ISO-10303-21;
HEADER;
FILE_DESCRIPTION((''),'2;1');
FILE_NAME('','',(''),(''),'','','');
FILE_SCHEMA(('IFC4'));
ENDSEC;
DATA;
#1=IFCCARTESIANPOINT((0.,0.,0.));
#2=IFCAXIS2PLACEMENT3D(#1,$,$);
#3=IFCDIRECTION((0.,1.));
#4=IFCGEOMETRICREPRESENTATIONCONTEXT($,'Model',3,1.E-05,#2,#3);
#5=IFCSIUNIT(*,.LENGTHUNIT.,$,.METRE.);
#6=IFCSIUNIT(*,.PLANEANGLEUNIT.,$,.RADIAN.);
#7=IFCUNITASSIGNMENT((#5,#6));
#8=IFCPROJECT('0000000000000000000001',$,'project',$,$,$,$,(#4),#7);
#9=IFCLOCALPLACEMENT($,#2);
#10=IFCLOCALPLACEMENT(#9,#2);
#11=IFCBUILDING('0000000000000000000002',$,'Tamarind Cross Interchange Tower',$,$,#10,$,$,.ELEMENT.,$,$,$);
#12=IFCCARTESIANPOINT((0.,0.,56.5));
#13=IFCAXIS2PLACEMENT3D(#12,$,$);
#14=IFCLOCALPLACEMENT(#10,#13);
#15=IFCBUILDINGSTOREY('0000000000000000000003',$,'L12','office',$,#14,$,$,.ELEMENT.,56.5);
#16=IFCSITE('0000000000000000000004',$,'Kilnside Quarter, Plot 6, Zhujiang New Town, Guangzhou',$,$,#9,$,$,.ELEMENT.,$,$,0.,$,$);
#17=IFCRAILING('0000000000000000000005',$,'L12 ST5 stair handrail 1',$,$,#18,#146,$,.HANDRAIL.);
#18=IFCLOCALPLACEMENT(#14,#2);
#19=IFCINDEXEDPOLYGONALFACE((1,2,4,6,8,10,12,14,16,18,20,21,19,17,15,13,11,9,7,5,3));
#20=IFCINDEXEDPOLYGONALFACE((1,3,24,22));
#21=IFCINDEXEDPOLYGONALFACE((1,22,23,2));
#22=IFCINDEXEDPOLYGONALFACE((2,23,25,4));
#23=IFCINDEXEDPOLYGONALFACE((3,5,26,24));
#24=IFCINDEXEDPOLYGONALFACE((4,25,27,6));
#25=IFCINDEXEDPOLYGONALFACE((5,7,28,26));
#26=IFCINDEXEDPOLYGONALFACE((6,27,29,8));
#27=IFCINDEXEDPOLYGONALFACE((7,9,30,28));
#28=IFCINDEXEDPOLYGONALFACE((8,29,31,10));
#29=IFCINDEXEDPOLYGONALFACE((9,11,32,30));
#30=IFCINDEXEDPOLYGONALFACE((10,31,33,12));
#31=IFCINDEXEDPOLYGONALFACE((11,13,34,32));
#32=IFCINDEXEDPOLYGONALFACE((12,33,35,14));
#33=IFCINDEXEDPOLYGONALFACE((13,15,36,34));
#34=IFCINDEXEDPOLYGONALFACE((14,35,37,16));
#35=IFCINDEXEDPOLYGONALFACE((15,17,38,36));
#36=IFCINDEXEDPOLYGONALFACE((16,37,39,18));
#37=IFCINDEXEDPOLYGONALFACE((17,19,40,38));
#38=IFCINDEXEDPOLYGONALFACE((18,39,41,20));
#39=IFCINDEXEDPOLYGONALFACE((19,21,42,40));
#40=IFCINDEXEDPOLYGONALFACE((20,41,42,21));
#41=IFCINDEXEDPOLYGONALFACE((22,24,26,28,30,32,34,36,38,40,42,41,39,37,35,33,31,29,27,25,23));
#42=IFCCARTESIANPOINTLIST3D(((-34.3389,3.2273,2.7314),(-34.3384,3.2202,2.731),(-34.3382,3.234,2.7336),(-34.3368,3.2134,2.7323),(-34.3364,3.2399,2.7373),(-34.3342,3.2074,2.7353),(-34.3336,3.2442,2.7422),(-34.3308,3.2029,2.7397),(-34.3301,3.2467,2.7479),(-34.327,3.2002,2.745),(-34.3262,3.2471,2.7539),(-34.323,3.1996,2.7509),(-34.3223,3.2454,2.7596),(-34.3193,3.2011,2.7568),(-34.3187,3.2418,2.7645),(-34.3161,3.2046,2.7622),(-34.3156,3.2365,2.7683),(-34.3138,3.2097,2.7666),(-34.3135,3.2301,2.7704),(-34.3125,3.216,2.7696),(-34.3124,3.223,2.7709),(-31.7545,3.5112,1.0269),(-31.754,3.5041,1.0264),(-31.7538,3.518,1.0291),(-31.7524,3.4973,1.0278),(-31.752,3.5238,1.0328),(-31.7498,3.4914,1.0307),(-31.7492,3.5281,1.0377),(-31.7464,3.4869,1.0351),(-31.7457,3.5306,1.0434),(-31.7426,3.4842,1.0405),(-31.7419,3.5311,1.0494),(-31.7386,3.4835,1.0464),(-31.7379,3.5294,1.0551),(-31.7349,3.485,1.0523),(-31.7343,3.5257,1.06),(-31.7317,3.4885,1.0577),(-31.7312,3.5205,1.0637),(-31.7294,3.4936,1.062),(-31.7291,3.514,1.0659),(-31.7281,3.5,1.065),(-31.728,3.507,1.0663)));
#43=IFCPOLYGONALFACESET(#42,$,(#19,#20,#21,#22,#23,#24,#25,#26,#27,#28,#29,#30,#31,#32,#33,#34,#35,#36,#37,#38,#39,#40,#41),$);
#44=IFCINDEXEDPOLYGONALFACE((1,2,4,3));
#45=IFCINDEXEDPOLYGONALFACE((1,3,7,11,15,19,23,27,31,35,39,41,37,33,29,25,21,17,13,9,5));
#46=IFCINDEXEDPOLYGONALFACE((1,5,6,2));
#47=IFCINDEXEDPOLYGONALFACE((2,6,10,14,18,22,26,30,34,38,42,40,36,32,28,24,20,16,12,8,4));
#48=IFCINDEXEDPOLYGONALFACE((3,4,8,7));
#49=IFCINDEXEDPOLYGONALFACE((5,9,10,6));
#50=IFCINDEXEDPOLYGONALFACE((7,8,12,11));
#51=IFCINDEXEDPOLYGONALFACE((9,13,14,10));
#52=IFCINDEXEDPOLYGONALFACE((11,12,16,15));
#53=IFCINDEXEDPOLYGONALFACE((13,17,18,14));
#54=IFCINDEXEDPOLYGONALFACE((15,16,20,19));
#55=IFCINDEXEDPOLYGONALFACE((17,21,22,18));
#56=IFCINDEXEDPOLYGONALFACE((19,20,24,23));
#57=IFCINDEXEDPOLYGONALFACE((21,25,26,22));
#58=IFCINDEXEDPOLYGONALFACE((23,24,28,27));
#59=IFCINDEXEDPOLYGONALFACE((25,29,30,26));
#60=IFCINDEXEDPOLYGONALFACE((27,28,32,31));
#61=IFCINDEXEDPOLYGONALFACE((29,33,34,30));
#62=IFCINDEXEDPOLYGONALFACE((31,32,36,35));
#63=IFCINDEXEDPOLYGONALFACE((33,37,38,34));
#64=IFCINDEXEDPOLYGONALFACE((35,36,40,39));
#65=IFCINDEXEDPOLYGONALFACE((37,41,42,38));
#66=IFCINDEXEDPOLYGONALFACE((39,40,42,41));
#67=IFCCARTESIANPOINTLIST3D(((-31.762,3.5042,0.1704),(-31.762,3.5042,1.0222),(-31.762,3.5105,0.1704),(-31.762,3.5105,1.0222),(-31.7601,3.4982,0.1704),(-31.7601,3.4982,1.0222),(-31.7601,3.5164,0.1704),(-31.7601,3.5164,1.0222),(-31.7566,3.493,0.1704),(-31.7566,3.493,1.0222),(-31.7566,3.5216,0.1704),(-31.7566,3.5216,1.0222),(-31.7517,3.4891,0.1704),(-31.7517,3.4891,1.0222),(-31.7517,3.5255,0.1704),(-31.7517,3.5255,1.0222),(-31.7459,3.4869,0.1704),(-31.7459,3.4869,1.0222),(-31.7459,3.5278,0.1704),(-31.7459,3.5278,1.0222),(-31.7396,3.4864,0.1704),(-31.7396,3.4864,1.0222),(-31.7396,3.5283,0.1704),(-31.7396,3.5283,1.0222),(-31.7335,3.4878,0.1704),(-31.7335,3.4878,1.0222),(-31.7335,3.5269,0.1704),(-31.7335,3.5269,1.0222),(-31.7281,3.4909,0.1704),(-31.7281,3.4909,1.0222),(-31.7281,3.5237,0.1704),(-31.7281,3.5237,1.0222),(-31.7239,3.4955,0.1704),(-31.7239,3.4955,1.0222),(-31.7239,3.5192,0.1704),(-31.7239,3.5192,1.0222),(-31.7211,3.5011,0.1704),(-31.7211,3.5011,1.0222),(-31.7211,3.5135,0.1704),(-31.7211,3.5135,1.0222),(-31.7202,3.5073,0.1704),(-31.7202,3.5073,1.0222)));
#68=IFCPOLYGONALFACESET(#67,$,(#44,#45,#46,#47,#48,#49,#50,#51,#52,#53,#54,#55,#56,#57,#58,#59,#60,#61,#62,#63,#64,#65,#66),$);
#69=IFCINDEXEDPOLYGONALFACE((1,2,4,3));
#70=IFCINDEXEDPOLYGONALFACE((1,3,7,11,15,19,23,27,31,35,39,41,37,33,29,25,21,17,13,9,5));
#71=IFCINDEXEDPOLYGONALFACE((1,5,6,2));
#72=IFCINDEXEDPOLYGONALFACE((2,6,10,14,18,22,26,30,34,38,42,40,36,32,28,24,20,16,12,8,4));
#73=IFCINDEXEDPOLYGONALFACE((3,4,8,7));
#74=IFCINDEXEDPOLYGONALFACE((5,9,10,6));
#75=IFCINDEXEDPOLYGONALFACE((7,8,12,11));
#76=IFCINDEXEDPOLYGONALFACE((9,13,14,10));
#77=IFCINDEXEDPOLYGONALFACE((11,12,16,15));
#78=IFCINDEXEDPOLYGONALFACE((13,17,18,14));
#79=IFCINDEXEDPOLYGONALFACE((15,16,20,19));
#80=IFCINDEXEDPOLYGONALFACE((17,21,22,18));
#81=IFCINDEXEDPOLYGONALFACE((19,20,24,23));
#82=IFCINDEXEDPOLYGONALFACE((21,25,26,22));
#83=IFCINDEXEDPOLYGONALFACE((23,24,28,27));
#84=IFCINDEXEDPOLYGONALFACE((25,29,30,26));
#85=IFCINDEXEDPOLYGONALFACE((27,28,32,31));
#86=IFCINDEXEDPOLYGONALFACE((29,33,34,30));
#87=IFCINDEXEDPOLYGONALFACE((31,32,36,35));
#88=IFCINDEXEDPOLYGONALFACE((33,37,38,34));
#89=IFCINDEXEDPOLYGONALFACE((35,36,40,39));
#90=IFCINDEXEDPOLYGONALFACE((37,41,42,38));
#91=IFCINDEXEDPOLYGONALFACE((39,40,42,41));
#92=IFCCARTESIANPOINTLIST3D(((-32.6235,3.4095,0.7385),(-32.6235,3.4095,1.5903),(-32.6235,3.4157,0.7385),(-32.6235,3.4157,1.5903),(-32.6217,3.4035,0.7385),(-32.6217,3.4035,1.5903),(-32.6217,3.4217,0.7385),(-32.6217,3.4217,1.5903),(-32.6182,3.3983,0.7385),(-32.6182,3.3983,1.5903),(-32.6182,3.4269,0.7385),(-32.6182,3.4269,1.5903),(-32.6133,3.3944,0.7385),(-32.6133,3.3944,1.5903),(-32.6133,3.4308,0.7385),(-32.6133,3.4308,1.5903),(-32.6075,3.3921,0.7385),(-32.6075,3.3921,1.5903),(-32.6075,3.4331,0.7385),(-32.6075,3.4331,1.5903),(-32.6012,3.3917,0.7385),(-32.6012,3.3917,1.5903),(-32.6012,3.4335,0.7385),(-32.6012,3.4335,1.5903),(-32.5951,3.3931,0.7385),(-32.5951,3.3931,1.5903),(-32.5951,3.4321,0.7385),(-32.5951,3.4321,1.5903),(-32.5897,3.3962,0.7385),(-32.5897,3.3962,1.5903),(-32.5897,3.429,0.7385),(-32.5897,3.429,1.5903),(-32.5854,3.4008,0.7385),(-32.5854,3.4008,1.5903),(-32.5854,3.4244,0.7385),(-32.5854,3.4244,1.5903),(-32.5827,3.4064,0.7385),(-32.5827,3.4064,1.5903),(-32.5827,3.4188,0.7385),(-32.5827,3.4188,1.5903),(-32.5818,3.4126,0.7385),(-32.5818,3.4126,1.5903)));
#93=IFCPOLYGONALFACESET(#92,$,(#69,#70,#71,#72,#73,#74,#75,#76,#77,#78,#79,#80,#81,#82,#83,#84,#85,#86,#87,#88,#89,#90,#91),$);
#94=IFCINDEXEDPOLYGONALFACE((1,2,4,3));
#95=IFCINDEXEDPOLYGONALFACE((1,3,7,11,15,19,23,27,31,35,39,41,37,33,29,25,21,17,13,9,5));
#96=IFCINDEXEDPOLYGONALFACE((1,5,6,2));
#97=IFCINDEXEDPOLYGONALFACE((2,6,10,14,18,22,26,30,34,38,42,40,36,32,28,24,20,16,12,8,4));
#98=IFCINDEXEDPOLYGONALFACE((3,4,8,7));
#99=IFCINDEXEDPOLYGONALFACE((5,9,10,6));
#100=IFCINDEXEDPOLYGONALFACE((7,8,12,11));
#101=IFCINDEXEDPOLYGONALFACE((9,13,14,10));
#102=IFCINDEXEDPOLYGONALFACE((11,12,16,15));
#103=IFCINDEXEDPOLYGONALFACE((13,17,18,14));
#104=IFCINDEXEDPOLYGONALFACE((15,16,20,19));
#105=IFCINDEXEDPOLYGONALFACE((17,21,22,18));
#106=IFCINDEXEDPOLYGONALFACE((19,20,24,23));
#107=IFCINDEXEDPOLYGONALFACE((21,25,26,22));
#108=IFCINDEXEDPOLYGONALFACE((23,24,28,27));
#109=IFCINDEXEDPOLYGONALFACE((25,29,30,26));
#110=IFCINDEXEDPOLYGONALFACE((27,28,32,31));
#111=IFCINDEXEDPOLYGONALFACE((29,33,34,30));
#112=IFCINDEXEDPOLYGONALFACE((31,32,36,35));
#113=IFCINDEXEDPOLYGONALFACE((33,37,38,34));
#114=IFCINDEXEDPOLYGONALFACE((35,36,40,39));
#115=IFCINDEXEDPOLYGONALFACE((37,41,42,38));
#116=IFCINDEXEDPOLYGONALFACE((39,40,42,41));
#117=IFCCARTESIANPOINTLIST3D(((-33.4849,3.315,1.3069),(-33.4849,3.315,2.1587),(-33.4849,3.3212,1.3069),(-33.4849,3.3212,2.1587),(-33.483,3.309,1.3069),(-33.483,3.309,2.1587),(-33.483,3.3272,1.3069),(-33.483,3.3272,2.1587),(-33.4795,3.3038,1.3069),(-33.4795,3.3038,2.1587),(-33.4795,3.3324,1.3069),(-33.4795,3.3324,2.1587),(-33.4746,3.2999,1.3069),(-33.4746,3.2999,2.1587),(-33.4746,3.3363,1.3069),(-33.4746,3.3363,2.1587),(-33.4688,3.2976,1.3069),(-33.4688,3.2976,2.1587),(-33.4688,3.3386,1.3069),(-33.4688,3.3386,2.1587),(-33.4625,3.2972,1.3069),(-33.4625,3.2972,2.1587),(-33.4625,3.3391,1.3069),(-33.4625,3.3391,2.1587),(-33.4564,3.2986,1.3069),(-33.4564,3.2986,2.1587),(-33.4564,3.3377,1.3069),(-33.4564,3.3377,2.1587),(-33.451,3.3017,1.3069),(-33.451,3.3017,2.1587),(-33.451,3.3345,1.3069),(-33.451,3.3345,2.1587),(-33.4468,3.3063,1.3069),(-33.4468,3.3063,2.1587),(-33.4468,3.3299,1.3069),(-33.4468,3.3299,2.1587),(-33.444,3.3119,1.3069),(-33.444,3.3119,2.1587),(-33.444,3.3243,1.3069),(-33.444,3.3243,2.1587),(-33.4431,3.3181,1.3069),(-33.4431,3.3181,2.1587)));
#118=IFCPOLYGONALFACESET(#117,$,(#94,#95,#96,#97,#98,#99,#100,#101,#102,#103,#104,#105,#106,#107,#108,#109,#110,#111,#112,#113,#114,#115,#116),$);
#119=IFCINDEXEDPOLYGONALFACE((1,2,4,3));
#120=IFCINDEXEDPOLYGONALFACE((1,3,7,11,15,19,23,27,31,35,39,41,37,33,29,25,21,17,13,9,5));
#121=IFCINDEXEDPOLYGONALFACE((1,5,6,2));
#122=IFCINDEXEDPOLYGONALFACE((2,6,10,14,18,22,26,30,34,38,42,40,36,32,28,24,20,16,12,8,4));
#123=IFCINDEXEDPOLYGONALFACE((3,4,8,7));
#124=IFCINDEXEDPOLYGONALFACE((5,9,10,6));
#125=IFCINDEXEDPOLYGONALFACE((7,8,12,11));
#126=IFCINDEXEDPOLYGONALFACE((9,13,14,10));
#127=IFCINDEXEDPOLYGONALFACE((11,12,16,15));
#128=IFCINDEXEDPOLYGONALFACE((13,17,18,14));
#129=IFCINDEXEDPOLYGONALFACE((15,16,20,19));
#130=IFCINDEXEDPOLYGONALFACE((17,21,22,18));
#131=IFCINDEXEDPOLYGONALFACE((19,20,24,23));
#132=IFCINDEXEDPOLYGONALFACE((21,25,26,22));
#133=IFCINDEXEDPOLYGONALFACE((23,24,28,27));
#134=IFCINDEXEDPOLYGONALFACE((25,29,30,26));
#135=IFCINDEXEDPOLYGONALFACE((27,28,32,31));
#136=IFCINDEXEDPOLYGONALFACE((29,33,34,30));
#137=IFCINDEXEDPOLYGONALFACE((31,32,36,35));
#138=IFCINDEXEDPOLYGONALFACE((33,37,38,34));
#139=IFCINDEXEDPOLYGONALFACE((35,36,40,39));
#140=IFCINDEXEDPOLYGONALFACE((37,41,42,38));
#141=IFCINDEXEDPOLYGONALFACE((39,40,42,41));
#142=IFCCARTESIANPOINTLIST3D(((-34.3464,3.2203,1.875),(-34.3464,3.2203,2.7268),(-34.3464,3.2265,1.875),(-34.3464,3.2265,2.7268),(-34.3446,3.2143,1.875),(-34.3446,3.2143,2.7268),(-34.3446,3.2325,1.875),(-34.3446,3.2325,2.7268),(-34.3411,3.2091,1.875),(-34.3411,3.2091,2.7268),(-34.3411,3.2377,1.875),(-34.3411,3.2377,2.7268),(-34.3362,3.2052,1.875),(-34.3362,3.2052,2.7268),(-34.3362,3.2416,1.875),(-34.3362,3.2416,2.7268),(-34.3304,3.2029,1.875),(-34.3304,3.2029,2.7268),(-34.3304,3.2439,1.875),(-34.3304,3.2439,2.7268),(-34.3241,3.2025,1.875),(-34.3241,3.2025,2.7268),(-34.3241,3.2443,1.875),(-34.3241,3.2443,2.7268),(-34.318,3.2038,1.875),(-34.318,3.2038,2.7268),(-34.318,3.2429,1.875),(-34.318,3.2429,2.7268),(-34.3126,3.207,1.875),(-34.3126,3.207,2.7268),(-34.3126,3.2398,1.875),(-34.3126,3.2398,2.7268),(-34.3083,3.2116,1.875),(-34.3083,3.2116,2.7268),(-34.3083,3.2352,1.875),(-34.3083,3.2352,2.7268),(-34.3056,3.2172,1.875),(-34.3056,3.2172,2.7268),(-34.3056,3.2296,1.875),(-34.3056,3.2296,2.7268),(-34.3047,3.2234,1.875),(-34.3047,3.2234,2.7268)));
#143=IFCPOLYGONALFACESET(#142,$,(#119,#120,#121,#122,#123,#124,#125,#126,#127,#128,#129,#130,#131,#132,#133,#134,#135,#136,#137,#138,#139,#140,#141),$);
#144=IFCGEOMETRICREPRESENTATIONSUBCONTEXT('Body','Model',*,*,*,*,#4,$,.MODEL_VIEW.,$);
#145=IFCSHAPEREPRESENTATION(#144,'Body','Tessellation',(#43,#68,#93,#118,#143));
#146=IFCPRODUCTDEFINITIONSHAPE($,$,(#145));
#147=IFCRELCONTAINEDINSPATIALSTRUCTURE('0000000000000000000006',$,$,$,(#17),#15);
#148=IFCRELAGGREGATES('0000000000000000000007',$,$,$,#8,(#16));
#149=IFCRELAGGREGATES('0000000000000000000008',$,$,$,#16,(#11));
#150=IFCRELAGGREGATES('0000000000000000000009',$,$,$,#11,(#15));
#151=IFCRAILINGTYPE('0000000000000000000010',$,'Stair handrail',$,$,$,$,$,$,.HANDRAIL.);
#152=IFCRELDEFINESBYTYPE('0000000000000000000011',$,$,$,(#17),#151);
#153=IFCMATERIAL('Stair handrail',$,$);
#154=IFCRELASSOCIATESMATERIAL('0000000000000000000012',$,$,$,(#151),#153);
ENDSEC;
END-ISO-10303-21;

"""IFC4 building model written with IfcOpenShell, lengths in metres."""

from ifc_helpers import new_model, si_unit, direction, frame, origin, origin_2d, place, context, subcontext, project, spatial, circle, extrude, material, type_object, element, save


model = new_model("IFC4")

# Units and contexts
model_context = context("Model", 3, precision=1e-05, world=origin(), true_north=direction((0.0, 1.0)))
body_context = subcontext(model_context, "Body", "Model", "MODEL_VIEW")
ifc_project = project(units=[si_unit("LENGTHUNIT", "METRE"), si_unit("PLANEANGLEUNIT", "RADIAN")], contexts=[model_context])

# Site, building, storey
site_placement = place(None, origin())
site = spatial("IfcSite", under=ifc_project, at=site_placement, Name="Kilnside Quarter, Plot 6, Zhujiang New Town, Guangzhou", CompositionType="ELEMENT", RefElevation=0.0)
building_placement = place(site_placement, origin())
building = spatial("IfcBuilding", under=site, at=building_placement, Name="Tamarind Cross Interchange Tower", CompositionType="ELEMENT")
storey_placement = place(building_placement, frame((0.0, 0.0, 56.5)))
storey = spatial("IfcBuildingStorey", under=building, at=storey_placement, Name="L12", Description="office", CompositionType="ELEMENT", Elevation=56.5)

# Railing
ifc_material_1 = material(Name="Stair handrail")
railing_type_1 = type_object("IfcRailingType", Name="Stair handrail", PredefinedType="HANDRAIL", material=ifc_material_1)
railing_1_placement = place(storey_placement, frame((-31.7412, 3.5073, 0.1704)))
element("IfcRailing", 1, at=railing_1_placement, inside=storey, type_object=railing_type_1, Name="L12 ST5 stair handrail 1", PredefinedType="HANDRAIL", context=body_context, shape_type="SweptSolid", body=[
    extrude(circle(Radius=0.0239, at=origin_2d()), frame((0.0, 0.0, 0.876), z_axis=(-0.831293, -0.091328, 0.54828), x_axis=(0.109205, -0.994019, 0.0)), (0.0, 0.0, 1.0), 3.1089),
    extrude(circle(Radius=0.021, at=origin_2d()), origin(), (0.0, 0.0, 1.0), 0.8518),
    extrude(circle(Radius=0.021, at=origin_2d()), frame((-0.8616, -0.0947, 0.5681)), (0.0, 0.0, 1.0), 0.8518),
    extrude(circle(Radius=0.021, at=origin_2d()), frame((-1.7229, -0.1892, 1.1365)), (0.0, 0.0, 1.0), 0.8518),
    extrude(circle(Radius=0.021, at=origin_2d()), frame((-2.5845, -0.2839, 1.7046)), (0.0, 0.0, 1.0), 0.8518),
])

save(model, "model.ifc")
